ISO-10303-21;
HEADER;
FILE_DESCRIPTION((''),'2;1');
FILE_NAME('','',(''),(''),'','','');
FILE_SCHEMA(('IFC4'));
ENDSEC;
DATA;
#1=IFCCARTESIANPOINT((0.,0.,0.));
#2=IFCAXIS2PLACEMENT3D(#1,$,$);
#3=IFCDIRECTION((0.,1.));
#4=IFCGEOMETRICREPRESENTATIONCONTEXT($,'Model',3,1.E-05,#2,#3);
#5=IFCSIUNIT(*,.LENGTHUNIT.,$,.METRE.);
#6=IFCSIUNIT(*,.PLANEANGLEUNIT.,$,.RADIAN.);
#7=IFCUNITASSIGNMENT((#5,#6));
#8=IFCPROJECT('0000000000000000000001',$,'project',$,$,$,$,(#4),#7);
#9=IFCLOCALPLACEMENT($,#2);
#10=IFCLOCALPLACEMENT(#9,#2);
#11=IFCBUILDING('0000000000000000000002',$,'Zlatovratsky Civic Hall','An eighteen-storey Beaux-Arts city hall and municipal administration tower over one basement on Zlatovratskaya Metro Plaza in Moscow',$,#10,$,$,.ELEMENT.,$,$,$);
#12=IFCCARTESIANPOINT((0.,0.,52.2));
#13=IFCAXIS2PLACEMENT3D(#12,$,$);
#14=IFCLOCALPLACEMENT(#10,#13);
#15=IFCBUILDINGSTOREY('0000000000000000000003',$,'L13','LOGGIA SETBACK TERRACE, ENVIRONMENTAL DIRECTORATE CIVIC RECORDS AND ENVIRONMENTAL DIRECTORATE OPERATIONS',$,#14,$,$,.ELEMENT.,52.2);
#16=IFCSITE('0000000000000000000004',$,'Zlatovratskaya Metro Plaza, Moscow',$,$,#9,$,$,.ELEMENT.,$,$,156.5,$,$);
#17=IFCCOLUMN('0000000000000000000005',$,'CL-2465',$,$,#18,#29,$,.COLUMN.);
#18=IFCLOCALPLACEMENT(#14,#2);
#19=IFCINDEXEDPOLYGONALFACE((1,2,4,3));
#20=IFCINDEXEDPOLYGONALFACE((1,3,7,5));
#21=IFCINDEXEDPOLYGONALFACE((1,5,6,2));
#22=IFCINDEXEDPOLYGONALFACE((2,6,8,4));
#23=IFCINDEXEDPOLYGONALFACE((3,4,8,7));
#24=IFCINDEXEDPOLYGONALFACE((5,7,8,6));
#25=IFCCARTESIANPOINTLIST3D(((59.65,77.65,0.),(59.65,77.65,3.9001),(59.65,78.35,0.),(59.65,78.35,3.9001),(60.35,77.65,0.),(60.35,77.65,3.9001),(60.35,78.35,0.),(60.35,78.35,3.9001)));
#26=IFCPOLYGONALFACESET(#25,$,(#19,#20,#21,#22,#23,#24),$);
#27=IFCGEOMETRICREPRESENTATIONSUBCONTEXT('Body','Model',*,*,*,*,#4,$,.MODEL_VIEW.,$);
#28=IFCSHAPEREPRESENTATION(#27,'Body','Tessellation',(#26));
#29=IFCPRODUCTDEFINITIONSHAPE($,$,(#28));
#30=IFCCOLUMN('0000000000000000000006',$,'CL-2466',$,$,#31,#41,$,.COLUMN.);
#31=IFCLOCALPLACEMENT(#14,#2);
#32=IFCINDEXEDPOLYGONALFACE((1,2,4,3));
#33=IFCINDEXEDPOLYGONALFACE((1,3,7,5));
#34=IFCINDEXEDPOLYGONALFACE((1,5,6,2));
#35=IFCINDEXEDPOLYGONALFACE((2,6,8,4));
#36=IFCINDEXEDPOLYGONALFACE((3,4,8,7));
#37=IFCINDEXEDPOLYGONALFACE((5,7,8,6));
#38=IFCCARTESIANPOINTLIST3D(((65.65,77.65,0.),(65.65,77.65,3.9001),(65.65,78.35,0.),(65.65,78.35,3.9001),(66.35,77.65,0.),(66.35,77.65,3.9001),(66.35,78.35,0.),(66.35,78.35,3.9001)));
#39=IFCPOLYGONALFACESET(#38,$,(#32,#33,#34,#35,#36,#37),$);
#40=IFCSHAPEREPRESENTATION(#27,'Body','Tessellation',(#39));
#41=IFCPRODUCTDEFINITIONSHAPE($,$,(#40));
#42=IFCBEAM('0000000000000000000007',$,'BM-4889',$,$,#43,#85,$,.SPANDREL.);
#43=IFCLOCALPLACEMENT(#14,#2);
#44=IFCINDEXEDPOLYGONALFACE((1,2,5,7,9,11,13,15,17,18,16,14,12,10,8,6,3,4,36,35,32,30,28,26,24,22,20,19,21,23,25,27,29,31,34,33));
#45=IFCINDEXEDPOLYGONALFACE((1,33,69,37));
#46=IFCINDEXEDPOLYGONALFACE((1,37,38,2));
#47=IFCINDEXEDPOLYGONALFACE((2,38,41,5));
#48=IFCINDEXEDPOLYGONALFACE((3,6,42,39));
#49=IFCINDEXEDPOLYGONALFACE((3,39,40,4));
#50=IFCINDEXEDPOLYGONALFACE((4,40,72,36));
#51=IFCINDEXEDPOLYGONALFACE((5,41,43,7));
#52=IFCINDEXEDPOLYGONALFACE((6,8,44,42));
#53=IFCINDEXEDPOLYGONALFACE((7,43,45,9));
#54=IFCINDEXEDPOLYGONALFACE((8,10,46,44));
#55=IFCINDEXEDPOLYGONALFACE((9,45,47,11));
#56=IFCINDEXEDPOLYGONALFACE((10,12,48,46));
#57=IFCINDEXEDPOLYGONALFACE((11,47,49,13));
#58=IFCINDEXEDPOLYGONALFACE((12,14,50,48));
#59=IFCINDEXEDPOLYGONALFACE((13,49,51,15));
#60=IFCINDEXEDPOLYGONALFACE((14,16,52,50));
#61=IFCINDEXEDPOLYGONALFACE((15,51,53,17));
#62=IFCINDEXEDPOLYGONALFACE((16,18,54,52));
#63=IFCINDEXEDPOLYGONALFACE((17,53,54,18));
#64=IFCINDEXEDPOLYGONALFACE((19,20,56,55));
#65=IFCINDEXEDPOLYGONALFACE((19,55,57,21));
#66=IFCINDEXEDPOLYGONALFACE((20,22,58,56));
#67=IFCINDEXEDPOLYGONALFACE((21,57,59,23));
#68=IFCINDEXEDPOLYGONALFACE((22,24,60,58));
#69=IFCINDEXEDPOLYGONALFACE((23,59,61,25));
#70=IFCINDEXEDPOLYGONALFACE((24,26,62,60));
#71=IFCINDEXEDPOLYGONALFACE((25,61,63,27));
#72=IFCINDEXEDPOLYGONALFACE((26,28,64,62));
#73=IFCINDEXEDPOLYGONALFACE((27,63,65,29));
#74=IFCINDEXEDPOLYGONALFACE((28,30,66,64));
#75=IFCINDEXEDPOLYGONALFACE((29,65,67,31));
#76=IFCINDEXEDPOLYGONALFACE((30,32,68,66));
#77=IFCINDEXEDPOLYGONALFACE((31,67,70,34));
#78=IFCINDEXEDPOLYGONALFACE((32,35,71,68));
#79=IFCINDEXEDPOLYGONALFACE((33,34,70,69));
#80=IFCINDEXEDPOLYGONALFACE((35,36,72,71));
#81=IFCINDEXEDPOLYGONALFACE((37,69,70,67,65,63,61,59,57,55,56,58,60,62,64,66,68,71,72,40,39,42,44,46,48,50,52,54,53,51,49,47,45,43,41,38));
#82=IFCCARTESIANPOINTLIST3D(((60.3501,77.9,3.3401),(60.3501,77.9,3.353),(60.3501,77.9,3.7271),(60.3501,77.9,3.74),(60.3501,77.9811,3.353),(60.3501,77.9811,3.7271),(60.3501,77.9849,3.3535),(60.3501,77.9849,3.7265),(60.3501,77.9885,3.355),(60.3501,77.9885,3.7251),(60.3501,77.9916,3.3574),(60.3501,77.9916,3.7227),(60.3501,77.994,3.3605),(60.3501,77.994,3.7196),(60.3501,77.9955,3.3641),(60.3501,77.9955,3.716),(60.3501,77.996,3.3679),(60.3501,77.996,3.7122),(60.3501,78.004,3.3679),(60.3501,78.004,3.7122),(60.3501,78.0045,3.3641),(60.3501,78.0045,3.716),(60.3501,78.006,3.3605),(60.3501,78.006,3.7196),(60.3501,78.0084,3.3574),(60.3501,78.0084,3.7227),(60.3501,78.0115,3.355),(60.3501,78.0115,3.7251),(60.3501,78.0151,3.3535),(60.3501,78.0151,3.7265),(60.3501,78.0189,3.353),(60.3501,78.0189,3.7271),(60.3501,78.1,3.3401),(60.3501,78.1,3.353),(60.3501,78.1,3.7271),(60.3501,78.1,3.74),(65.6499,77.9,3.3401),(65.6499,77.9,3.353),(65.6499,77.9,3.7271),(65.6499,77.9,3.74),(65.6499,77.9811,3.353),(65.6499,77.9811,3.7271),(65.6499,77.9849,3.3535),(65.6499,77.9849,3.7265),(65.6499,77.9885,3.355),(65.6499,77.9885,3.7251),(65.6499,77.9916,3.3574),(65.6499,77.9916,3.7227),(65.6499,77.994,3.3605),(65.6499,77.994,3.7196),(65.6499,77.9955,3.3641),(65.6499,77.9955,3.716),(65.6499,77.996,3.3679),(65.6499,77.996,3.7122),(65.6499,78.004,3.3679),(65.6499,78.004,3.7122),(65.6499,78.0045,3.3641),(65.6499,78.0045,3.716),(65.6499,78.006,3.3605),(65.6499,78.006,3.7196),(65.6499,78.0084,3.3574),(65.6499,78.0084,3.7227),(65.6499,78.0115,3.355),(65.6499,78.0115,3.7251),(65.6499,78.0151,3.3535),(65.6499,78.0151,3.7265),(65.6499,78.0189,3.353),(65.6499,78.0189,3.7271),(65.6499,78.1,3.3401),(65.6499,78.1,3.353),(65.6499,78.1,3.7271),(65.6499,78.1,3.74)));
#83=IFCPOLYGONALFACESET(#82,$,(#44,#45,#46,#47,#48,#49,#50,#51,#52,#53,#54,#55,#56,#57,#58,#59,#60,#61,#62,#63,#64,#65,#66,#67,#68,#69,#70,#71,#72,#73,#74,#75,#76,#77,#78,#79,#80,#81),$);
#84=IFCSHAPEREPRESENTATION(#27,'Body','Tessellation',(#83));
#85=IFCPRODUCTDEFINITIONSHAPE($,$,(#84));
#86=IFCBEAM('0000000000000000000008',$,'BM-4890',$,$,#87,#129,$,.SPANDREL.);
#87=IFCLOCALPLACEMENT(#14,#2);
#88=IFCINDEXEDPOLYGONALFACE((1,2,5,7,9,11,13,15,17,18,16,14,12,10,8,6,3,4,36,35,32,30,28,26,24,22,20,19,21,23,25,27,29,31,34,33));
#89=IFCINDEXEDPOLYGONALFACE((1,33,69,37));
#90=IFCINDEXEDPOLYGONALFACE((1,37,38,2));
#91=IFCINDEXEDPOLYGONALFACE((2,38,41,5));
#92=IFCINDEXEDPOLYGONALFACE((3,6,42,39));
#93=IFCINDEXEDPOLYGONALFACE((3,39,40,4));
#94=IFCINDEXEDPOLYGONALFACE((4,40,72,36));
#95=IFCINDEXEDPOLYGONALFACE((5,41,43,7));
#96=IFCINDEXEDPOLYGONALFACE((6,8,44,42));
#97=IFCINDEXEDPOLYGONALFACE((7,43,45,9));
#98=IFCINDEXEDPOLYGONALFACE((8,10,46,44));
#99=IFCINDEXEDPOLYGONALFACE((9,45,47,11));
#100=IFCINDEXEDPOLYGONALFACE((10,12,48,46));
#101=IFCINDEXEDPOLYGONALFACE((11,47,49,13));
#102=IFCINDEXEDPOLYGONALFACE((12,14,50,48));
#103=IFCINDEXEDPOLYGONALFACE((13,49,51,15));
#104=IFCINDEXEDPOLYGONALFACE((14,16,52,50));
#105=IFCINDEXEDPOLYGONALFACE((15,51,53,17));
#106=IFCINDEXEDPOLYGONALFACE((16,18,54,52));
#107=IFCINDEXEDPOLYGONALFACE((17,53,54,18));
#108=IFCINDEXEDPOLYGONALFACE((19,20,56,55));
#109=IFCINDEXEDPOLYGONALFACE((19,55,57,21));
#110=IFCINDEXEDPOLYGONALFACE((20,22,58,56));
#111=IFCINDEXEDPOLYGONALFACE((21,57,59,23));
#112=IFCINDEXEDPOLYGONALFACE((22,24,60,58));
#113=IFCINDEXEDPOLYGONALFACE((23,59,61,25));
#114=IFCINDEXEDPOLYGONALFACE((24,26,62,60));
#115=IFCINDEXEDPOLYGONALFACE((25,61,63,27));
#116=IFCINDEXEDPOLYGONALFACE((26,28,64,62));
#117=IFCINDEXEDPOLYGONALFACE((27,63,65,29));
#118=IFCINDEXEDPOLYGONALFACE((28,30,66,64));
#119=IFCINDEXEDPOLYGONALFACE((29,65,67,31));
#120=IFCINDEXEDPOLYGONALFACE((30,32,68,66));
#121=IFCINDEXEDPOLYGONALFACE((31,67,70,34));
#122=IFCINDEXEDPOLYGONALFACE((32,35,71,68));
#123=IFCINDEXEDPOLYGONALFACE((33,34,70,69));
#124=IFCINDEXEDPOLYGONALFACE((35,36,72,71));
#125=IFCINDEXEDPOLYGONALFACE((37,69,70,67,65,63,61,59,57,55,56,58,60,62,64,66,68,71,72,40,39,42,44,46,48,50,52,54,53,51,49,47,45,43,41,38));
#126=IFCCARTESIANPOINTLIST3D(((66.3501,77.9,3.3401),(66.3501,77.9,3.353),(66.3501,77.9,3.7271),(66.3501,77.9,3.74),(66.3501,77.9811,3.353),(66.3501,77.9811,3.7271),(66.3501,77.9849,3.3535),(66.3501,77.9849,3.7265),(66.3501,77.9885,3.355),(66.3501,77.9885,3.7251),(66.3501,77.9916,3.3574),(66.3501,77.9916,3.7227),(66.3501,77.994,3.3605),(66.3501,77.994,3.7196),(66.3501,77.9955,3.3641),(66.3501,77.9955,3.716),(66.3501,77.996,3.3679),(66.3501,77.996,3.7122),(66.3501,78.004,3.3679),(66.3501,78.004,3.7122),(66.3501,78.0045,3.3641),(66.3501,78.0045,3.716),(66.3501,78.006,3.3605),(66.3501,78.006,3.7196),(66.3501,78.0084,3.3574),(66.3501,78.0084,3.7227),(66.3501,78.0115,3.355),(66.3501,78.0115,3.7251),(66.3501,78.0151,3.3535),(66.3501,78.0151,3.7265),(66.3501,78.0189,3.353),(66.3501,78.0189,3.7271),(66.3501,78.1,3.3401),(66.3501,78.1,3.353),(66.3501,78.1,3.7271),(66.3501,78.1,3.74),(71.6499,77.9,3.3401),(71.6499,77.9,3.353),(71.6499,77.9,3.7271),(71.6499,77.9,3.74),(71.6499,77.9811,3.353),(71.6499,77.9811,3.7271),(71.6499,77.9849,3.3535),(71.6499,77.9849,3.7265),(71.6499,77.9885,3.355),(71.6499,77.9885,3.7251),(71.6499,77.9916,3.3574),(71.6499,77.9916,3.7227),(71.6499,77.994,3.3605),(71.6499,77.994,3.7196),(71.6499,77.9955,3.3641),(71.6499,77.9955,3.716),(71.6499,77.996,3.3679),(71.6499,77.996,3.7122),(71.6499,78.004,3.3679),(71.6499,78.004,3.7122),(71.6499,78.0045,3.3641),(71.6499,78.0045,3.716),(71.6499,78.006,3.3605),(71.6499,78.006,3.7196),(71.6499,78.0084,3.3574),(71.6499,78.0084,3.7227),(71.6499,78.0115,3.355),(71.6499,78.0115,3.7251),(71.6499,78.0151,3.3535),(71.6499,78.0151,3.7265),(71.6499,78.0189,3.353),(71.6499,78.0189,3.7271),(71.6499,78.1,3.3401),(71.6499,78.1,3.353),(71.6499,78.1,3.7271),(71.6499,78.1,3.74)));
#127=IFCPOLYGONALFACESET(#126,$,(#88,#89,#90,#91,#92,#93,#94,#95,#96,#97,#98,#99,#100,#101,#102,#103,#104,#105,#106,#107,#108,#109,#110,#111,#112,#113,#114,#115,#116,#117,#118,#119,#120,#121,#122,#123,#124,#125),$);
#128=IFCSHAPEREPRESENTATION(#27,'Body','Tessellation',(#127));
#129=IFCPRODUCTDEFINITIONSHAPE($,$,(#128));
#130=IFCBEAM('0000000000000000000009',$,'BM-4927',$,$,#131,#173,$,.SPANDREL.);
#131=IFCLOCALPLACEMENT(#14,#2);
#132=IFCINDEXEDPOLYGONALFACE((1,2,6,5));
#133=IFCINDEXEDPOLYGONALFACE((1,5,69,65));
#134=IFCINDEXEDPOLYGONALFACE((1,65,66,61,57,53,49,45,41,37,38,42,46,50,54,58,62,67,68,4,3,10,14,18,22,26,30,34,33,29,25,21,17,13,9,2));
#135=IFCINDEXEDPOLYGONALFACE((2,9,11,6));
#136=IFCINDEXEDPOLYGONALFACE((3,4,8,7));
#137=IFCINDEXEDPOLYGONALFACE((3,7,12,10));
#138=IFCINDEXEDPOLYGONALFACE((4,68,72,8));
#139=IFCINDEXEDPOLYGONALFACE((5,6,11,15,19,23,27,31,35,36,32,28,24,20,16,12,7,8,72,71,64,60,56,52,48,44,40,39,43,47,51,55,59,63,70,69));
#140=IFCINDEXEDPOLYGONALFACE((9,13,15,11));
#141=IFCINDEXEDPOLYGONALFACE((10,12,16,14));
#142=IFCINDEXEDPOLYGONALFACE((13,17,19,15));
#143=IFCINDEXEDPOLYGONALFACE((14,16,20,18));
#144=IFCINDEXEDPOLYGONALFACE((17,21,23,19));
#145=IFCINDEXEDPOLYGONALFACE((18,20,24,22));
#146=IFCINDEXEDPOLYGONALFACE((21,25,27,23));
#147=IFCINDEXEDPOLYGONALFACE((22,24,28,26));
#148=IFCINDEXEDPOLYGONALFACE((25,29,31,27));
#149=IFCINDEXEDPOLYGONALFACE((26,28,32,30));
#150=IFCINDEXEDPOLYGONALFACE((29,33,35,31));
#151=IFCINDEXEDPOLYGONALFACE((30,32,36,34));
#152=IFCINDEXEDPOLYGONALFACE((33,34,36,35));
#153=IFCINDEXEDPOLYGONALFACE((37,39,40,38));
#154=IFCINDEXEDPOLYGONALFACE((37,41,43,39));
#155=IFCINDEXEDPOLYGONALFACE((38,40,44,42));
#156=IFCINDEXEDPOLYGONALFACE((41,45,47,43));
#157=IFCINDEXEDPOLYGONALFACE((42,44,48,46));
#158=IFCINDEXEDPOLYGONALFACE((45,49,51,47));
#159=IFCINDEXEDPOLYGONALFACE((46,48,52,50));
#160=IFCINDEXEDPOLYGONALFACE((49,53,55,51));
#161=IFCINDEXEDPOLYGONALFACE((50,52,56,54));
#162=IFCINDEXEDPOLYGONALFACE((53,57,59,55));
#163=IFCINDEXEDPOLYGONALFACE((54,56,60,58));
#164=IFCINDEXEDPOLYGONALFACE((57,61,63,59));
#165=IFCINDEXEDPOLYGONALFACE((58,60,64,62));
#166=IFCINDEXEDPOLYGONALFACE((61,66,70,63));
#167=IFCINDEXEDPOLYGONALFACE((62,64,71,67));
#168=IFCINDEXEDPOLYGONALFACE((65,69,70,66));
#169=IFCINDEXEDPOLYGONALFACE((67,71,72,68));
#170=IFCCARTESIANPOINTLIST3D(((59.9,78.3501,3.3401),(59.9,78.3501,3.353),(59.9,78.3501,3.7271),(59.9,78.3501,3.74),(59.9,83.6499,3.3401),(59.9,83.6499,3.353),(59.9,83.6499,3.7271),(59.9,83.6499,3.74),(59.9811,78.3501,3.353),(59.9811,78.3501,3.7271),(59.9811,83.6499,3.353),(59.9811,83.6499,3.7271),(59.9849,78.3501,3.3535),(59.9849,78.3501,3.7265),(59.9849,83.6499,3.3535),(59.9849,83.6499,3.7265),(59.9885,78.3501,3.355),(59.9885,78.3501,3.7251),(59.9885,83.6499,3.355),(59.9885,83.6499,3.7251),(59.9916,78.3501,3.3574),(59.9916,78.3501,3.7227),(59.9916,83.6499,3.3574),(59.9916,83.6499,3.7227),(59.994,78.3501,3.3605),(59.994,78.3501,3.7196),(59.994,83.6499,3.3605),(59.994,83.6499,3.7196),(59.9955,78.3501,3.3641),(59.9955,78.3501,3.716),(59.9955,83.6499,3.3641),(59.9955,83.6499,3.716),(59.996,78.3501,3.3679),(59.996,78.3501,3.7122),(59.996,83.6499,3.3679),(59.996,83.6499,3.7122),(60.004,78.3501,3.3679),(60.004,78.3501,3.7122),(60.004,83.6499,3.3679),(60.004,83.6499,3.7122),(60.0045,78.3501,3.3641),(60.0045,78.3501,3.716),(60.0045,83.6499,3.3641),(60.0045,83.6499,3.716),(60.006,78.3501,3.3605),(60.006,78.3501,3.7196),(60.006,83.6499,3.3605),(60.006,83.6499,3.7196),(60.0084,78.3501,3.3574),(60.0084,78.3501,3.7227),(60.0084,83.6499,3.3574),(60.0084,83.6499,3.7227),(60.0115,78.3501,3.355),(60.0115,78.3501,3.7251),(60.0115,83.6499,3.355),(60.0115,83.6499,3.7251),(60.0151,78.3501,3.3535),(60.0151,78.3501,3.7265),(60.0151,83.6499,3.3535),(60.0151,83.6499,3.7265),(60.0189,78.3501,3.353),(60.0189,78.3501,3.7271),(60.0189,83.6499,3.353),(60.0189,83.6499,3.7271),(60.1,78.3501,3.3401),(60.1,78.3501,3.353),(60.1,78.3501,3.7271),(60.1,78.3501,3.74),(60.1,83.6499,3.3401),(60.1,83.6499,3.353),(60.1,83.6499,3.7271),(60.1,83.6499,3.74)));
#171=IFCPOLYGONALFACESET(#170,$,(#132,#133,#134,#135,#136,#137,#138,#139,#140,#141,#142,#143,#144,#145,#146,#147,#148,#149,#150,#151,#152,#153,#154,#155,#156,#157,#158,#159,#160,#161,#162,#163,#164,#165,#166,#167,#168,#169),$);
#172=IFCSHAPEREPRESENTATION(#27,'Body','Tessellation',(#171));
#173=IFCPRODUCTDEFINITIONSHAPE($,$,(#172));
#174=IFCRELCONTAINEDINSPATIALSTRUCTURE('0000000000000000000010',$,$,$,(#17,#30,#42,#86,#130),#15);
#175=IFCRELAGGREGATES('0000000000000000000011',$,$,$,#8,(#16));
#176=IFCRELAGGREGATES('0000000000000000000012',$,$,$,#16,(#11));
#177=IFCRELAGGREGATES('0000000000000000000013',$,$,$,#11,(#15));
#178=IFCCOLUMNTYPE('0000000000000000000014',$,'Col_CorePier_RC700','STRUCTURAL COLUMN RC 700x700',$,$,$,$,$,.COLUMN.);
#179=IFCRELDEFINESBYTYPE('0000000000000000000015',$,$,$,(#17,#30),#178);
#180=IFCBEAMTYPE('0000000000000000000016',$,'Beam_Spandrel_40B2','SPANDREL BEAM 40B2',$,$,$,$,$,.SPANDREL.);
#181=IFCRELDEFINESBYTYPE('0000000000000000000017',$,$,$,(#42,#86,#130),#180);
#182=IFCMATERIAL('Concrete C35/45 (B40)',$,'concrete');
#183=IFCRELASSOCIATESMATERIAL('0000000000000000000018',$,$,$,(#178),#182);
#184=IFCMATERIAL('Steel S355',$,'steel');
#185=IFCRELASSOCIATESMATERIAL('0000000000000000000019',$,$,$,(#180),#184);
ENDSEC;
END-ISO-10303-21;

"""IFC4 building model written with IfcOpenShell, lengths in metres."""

from ifc_helpers import new_model, si_unit, direction, frame, origin, origin_2d, place, context, subcontext, project, spatial, rectangle, i_section, extrude, material, material_profile, profile_set, type_object, element, save


model = new_model("IFC4")

# Units and contexts
model_context = context("Model", 3, precision=1e-05, world=origin(), true_north=direction((0.0, 1.0)))
body_context = subcontext(model_context, "Body", "Model", "MODEL_VIEW")
ifc_project = project(units=[si_unit("LENGTHUNIT", "METRE"), si_unit("PLANEANGLEUNIT", "RADIAN")], contexts=[model_context])

# Site, building, storey
site_placement = place(None, origin())
site = spatial("IfcSite", under=ifc_project, at=site_placement, Name="Zlatovratskaya Metro Plaza, Moscow", CompositionType="ELEMENT", RefElevation=156.5)
building_placement = place(site_placement, origin())
building = spatial("IfcBuilding", under=site, at=building_placement, Name="Zlatovratsky Civic Hall", Description="An eighteen-storey Beaux-Arts city hall and municipal administration tower over one basement on Zlatovratskaya Metro Plaza in Moscow", CompositionType="ELEMENT")
storey_placement = place(building_placement, frame((0.0, 0.0, 52.2)))
storey = spatial("IfcBuildingStorey", under=building, at=storey_placement, Name="L13", Description="LOGGIA SETBACK TERRACE, ENVIRONMENTAL DIRECTORATE CIVIC RECORDS AND ENVIRONMENTAL DIRECTORATE OPERATIONS", CompositionType="ELEMENT", Elevation=52.2)

# Columns
ifc_material_1 = material(Name="Concrete C35/45 (B40)", Category="concrete")
ifc_material_profile_1 = material_profile(ifc_material_1, rectangle(XDim=0.7, YDim=0.7, at=origin_2d()), Name="RC 700x700")
ifc_profile_set_1 = profile_set([ifc_material_profile_1], Name="Concrete C35/45 (B40)")
column_type = type_object("IfcColumnType", Name="Col_CorePier_RC700", Description="STRUCTURAL COLUMN RC 700x700", PredefinedType="COLUMN", material=ifc_profile_set_1)
for number, where, z_axis, x_axis, name in (
    (1, (60.0, 78.0, 0.0), (0.0, 0.0, 1.0), (1.0, 0.0, 0.0), "CL-2465"),
    (2, (66.0, 78.0, 0.0), (0.0, 0.0, 1.0), (1.0, 0.0, 0.0), "CL-2466"),
):
    element("IfcColumn", number, at=place(storey_placement, frame(where, z_axis=z_axis, x_axis=x_axis)), inside=storey, type_object=column_type, Name=name, PredefinedType="COLUMN", context=body_context, shape_type="SweptSolid", body=[
        extrude(rectangle(XDim=0.7, YDim=0.7, at=origin_2d()), origin(), (0.0, 0.0, 1.0), 3.9001),
    ])

# Beams
ifc_material_2 = material(Name="Steel S355", Category="steel")
ifc_material_profile_2 = material_profile(ifc_material_2, i_section(OverallWidth=0.2, OverallDepth=0.3999, WebThickness=0.0081, FlangeThickness=0.0129, FilletRadius=0.0149, at=origin_2d()), Name="40B2")
ifc_profile_set_2 = profile_set([ifc_material_profile_2], Name="Steel S355")
beam_type_1 = type_object("IfcBeamType", Name="Beam_Spandrel_40B2", Description="SPANDREL BEAM 40B2", PredefinedType="SPANDREL", material=ifc_profile_set_2)
for number, where, z_axis, x_axis, name in (
    (3, (60.3501, 78.0, 3.54), (1.0, 0.0, 0.0), (0.0, 1.0, 0.0), "BM-4889"),
    (4, (66.3501, 78.0, 3.54), (1.0, 0.0, 0.0), (0.0, 1.0, 0.0), "BM-4890"),
    (5, (60.0, 78.3501, 3.54), (0.0, 1.0, 0.0), (-1.0, 0.0, 0.0), "BM-4927"),
):
    element("IfcBeam", number, at=place(storey_placement, frame(where, z_axis=z_axis, x_axis=x_axis)), inside=storey, type_object=beam_type_1, Name=name, PredefinedType="SPANDREL", context=body_context, shape_type="SweptSolid", body=[
        extrude(i_section(OverallWidth=0.2, OverallDepth=0.3999, WebThickness=0.0081, FlangeThickness=0.0129, FilletRadius=0.0149, at=origin_2d()), origin(), (0.0, 0.0, 1.0), 5.2998),
    ])

save(model, "model.ifc")
